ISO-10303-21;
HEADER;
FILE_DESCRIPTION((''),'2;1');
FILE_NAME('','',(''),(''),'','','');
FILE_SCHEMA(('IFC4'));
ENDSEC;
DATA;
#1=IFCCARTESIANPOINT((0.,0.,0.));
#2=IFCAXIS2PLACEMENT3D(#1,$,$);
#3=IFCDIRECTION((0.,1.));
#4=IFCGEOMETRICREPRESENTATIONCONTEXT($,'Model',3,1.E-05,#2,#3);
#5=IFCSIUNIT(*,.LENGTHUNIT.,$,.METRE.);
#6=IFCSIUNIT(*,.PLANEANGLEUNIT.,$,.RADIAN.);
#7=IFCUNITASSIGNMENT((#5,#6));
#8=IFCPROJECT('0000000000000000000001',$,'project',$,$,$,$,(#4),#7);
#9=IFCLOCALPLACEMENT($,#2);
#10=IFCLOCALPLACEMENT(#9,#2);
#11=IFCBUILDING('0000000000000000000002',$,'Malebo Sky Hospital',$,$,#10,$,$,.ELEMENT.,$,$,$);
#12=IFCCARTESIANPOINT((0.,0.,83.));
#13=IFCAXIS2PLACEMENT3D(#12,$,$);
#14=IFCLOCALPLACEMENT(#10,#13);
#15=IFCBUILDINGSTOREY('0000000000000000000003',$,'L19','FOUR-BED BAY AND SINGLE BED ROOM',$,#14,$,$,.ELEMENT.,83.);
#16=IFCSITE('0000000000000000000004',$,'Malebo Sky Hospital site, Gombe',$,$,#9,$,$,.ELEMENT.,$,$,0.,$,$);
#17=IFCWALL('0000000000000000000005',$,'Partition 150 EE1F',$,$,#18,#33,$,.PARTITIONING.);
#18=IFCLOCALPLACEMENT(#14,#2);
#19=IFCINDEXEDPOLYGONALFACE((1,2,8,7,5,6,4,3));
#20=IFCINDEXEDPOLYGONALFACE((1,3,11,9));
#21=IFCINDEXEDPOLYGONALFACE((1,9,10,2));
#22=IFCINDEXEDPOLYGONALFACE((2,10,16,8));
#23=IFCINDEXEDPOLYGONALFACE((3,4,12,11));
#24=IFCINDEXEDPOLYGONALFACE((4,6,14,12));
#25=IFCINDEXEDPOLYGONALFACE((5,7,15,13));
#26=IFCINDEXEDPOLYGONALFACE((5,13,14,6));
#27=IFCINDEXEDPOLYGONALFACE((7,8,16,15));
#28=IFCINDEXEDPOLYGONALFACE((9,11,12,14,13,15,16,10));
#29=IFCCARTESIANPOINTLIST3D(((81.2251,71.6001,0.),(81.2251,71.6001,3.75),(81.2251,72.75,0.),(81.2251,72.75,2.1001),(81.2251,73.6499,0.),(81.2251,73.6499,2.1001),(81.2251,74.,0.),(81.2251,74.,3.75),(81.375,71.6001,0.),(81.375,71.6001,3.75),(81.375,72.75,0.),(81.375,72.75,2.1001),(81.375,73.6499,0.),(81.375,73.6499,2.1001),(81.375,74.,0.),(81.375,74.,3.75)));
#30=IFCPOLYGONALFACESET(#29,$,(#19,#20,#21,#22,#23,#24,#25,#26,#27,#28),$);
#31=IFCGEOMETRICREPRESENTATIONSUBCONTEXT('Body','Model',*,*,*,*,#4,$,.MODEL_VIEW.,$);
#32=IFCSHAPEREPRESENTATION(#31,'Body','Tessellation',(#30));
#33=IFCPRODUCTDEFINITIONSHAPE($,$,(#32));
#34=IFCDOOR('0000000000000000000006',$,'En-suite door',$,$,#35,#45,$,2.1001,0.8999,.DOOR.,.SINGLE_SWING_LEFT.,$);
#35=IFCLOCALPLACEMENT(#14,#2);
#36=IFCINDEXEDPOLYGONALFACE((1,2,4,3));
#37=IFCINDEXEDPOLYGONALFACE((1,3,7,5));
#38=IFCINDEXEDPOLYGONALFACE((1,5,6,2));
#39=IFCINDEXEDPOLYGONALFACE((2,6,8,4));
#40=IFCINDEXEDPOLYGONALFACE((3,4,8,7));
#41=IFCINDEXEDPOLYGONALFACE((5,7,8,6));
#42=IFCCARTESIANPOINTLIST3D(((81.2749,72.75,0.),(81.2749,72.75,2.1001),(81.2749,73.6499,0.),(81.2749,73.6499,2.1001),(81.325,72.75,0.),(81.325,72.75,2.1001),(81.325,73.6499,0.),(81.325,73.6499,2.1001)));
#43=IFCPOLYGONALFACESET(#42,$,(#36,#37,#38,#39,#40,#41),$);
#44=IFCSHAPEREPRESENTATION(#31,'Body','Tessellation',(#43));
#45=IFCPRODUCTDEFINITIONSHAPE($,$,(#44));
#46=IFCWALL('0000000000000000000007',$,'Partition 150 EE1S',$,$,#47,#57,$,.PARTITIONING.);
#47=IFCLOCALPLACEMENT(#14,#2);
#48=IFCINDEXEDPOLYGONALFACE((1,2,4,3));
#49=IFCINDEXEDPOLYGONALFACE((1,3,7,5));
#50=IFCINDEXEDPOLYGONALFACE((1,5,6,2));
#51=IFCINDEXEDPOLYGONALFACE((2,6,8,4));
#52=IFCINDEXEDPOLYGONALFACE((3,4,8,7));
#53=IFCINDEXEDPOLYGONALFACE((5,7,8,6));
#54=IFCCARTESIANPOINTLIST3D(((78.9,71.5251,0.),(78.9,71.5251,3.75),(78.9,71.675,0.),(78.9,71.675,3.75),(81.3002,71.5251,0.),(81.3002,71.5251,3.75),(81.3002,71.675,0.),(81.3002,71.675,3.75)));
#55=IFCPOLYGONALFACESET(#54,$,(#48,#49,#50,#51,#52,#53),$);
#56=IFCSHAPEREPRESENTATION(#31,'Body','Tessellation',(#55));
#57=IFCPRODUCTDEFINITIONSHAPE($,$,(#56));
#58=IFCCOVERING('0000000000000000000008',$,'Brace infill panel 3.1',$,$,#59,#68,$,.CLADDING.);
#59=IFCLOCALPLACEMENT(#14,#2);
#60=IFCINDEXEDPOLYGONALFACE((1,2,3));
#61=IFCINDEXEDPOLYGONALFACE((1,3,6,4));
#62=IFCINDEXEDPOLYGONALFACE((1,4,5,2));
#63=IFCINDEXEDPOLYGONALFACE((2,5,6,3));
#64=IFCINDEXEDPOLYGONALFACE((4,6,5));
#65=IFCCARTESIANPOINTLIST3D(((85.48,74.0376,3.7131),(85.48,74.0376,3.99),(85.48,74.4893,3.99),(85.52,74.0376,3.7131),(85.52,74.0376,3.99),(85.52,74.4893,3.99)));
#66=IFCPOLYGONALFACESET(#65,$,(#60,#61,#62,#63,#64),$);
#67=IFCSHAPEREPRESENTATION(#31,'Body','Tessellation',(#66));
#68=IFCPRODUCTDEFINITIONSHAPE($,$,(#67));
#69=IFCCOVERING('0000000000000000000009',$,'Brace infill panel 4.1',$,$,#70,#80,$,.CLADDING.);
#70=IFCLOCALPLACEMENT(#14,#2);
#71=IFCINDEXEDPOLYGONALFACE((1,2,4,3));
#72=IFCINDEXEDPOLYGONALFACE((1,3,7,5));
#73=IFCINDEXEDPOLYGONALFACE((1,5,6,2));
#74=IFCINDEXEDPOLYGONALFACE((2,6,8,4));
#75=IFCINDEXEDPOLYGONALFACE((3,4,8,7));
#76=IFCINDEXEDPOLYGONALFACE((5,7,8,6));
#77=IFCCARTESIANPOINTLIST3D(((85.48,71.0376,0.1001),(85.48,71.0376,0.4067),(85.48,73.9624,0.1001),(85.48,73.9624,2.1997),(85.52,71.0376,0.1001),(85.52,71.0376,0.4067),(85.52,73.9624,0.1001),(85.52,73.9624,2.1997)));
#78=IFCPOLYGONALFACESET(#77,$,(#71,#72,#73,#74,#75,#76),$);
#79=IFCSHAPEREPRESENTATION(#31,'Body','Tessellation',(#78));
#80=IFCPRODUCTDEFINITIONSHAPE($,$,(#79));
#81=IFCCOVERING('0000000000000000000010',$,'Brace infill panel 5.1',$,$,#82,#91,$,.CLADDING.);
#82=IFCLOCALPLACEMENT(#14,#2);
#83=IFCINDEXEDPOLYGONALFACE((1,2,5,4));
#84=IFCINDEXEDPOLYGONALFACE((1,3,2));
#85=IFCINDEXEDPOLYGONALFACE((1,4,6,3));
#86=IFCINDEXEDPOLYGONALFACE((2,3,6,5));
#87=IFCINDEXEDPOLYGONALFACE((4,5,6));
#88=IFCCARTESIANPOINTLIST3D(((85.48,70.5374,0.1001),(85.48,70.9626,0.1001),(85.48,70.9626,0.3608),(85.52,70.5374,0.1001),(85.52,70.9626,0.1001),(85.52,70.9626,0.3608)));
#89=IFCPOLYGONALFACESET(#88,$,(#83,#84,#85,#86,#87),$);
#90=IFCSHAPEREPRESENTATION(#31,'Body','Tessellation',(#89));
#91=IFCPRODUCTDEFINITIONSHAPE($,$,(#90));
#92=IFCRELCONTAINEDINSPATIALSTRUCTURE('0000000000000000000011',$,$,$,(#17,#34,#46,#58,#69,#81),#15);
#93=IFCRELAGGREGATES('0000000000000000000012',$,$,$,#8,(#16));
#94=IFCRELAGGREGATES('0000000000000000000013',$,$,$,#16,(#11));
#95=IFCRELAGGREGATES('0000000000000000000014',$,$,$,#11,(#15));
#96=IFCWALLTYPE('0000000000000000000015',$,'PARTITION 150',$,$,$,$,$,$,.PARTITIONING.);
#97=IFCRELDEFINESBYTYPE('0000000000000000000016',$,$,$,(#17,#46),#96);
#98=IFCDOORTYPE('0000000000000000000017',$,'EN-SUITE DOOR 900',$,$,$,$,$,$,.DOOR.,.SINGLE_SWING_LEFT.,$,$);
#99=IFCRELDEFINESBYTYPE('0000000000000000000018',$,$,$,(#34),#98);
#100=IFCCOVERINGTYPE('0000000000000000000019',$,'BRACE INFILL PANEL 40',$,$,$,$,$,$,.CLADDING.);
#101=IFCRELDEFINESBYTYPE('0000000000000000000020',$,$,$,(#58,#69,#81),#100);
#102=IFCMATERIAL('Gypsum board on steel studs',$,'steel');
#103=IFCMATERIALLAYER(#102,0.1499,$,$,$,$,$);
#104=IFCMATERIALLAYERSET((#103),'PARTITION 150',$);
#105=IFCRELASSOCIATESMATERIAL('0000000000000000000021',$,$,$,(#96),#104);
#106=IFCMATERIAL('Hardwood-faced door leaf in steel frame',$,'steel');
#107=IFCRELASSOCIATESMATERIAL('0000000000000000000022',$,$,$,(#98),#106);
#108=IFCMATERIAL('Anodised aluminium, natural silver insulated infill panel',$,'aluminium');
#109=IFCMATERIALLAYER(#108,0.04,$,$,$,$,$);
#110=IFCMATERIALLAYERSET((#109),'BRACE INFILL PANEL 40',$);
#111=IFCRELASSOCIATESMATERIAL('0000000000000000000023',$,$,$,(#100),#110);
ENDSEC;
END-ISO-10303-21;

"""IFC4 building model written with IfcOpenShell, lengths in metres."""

from ifc_helpers import new_model, si_unit, direction, frame, frame_2d, origin, place, context, subcontext, project, spatial, polyline, rectangle, outline, extrude, material, layer, layer_set, type_object, element, fill, save


model = new_model("IFC4")

# Units and contexts
model_context = context("Model", 3, precision=1e-05, world=origin(), true_north=direction((0.0, 1.0)))
body_context = subcontext(model_context, "Body", "Model", "MODEL_VIEW")
ifc_project = project(units=[si_unit("LENGTHUNIT", "METRE"), si_unit("PLANEANGLEUNIT", "RADIAN")], contexts=[model_context])

# Site, building, storey
site_placement = place(None, origin())
site = spatial("IfcSite", under=ifc_project, at=site_placement, Name="Malebo Sky Hospital site, Gombe", CompositionType="ELEMENT", RefElevation=0.0)
building_placement = place(site_placement, origin())
building = spatial("IfcBuilding", under=site, at=building_placement, Name="Malebo Sky Hospital", CompositionType="ELEMENT")
storey_placement = place(building_placement, frame((0.0, 0.0, 83.0)))
storey = spatial("IfcBuildingStorey", under=building, at=storey_placement, Name="L19", Description="FOUR-BED BAY AND SINGLE BED ROOM", CompositionType="ELEMENT", Elevation=83.0)

# Shared definitions
ifc_material_1 = material(Name="Gypsum board on steel studs", Category="steel")
ifc_layer_1 = layer(ifc_material_1, 0.1499)
ifc_layer_set_1 = layer_set([ifc_layer_1], Name="PARTITION 150")
wall_type = type_object("IfcWallType", Name="PARTITION 150", PredefinedType="PARTITIONING", material=ifc_layer_set_1)

# Wall, opening, door
wall_1_placement = place(storey_placement, frame((81.3, 74.0, 0.0), z_axis=(0.0, 0.0, 1.0), x_axis=(0.0, -1.0, 0.0)))
wall_1 = element("IfcWall", 1, at=wall_1_placement, inside=storey, type_object=wall_type, Name="Partition 150 EE1F", PredefinedType="PARTITIONING", context=body_context, shape_type="SweptSolid", body=[
    extrude(rectangle(XDim=2.3999, YDim=0.1499, at=frame_2d((1.2, 0.0))), origin(), (0.0, 0.0, 1.0), 3.75),
])
opening_placement = place(wall_1_placement, frame((0.3501, 0.0, 0.0)))
opening = element("IfcOpeningElement", 2, at=opening_placement, cuts=wall_1, PredefinedType="OPENING", context=body_context, shape_type="SweptSolid", body=[
    extrude(rectangle(XDim=0.8999, YDim=2.1001, at=frame_2d((0.45, 1.05))), frame((0.0, 0.085, 0.0), z_axis=(0.0, -1.0, 0.0), x_axis=(1.0, 0.0, 0.0)), (0.0, 0.0, 1.0), 0.1699),
])
ifc_material_2 = material(Name="Hardwood-faced door leaf in steel frame", Category="steel")
door_type = type_object("IfcDoorType", Name="EN-SUITE DOOR 900", OperationType="SINGLE_SWING_LEFT", PredefinedType="DOOR", material=ifc_material_2)
door_placement = place(opening_placement, origin())
door = element("IfcDoor", 3, at=door_placement, inside=storey, type_object=door_type, Name="En-suite door", OperationType="SINGLE_SWING_LEFT", OverallHeight=2.1001, OverallWidth=0.8999, PredefinedType="DOOR", context=body_context, shape_type="SweptSolid", body=[
    extrude(rectangle(XDim=0.8999, YDim=2.1001, at=frame_2d((0.45, 1.05))), frame((0.0, 0.0249, 0.0), z_axis=(0.0, -1.0, 0.0), x_axis=(1.0, 0.0, 0.0)), (0.0, 0.0, 1.0), 0.05),
])
fill(opening, door)

# Wall
wall_2_placement = place(storey_placement, frame((78.8999, 71.6001, 0.0), z_axis=(0.0, 0.0, 1.0), x_axis=(1.0, 0.0, 0.0)))
element("IfcWall", 4, at=wall_2_placement, inside=storey, type_object=wall_type, Name="Partition 150 EE1S", PredefinedType="PARTITIONING", context=body_context, shape_type="SweptSolid", body=[
    extrude(rectangle(XDim=2.4001, YDim=0.1499, at=frame_2d((1.2002, 0.0))), origin(), (0.0, 0.0, 1.0), 3.75),
])

# Coverings
ifc_material_3 = material(Name="Anodised aluminium, natural silver insulated infill panel", Category="aluminium")
ifc_layer_2 = layer(ifc_material_3, 0.04)
ifc_layer_set_2 = layer_set([ifc_layer_2], Name="BRACE INFILL PANEL 40")
covering_type = type_object("IfcCoveringType", Name="BRACE INFILL PANEL 40", PredefinedType="CLADDING", material=ifc_layer_set_2)
covering_1_placement = place(storey_placement, frame((85.5, 74.2634, 3.7131), z_axis=(0.0, 0.0, 1.0), x_axis=(0.0, -1.0, 0.0)))
element("IfcCovering", 5, at=covering_1_placement, inside=storey, type_object=covering_type, Name="Brace infill panel 3.1", PredefinedType="CLADDING", context=body_context, shape_type="SweptSolid", body=[
    extrude(outline(polyline([(0.2258, 0.0), (0.2258, 0.2769), (-0.2258, 0.2769), (0.2258, 0.0)])), frame((0.0, 0.02, 0.0), z_axis=(0.0, -1.0, 0.0), x_axis=(1.0, 0.0, 0.0)), (0.0, 0.0, 1.0), 0.04),
])
covering_2_placement = place(storey_placement, frame((85.5, 72.5, 0.1001), z_axis=(0.0, 0.0, 1.0), x_axis=(0.0, -1.0, 0.0)))
element("IfcCovering", 6, at=covering_2_placement, inside=storey, type_object=covering_type, Name="Brace infill panel 4.1", PredefinedType="CLADDING", context=body_context, shape_type="SweptSolid", body=[
    extrude(outline(polyline([(-1.4624, 0.0), (1.4624, 0.0), (1.4624, 0.3066), (-1.4624, 2.0996), (-1.4624, 0.0)])), frame((0.0, 0.02, 0.0), z_axis=(0.0, -1.0, 0.0), x_axis=(1.0, 0.0, 0.0)), (0.0, 0.0, 1.0), 0.04),
])
covering_3_placement = place(storey_placement, frame((85.5, 70.75, 0.1001), z_axis=(0.0, 0.0, 1.0), x_axis=(0.0, -1.0, 0.0)))
element("IfcCovering", 7, at=covering_3_placement, inside=storey, type_object=covering_type, Name="Brace infill panel 5.1", PredefinedType="CLADDING", context=body_context, shape_type="SweptSolid", body=[
    extrude(outline(polyline([(-0.2126, 0.0), (0.2126, 0.0), (-0.2126, 0.2607), (-0.2126, 0.0)])), frame((0.0, 0.02, 0.0), z_axis=(0.0, -1.0, 0.0), x_axis=(1.0, 0.0, 0.0)), (0.0, 0.0, 1.0), 0.04),
])

save(model, "model.ifc")
